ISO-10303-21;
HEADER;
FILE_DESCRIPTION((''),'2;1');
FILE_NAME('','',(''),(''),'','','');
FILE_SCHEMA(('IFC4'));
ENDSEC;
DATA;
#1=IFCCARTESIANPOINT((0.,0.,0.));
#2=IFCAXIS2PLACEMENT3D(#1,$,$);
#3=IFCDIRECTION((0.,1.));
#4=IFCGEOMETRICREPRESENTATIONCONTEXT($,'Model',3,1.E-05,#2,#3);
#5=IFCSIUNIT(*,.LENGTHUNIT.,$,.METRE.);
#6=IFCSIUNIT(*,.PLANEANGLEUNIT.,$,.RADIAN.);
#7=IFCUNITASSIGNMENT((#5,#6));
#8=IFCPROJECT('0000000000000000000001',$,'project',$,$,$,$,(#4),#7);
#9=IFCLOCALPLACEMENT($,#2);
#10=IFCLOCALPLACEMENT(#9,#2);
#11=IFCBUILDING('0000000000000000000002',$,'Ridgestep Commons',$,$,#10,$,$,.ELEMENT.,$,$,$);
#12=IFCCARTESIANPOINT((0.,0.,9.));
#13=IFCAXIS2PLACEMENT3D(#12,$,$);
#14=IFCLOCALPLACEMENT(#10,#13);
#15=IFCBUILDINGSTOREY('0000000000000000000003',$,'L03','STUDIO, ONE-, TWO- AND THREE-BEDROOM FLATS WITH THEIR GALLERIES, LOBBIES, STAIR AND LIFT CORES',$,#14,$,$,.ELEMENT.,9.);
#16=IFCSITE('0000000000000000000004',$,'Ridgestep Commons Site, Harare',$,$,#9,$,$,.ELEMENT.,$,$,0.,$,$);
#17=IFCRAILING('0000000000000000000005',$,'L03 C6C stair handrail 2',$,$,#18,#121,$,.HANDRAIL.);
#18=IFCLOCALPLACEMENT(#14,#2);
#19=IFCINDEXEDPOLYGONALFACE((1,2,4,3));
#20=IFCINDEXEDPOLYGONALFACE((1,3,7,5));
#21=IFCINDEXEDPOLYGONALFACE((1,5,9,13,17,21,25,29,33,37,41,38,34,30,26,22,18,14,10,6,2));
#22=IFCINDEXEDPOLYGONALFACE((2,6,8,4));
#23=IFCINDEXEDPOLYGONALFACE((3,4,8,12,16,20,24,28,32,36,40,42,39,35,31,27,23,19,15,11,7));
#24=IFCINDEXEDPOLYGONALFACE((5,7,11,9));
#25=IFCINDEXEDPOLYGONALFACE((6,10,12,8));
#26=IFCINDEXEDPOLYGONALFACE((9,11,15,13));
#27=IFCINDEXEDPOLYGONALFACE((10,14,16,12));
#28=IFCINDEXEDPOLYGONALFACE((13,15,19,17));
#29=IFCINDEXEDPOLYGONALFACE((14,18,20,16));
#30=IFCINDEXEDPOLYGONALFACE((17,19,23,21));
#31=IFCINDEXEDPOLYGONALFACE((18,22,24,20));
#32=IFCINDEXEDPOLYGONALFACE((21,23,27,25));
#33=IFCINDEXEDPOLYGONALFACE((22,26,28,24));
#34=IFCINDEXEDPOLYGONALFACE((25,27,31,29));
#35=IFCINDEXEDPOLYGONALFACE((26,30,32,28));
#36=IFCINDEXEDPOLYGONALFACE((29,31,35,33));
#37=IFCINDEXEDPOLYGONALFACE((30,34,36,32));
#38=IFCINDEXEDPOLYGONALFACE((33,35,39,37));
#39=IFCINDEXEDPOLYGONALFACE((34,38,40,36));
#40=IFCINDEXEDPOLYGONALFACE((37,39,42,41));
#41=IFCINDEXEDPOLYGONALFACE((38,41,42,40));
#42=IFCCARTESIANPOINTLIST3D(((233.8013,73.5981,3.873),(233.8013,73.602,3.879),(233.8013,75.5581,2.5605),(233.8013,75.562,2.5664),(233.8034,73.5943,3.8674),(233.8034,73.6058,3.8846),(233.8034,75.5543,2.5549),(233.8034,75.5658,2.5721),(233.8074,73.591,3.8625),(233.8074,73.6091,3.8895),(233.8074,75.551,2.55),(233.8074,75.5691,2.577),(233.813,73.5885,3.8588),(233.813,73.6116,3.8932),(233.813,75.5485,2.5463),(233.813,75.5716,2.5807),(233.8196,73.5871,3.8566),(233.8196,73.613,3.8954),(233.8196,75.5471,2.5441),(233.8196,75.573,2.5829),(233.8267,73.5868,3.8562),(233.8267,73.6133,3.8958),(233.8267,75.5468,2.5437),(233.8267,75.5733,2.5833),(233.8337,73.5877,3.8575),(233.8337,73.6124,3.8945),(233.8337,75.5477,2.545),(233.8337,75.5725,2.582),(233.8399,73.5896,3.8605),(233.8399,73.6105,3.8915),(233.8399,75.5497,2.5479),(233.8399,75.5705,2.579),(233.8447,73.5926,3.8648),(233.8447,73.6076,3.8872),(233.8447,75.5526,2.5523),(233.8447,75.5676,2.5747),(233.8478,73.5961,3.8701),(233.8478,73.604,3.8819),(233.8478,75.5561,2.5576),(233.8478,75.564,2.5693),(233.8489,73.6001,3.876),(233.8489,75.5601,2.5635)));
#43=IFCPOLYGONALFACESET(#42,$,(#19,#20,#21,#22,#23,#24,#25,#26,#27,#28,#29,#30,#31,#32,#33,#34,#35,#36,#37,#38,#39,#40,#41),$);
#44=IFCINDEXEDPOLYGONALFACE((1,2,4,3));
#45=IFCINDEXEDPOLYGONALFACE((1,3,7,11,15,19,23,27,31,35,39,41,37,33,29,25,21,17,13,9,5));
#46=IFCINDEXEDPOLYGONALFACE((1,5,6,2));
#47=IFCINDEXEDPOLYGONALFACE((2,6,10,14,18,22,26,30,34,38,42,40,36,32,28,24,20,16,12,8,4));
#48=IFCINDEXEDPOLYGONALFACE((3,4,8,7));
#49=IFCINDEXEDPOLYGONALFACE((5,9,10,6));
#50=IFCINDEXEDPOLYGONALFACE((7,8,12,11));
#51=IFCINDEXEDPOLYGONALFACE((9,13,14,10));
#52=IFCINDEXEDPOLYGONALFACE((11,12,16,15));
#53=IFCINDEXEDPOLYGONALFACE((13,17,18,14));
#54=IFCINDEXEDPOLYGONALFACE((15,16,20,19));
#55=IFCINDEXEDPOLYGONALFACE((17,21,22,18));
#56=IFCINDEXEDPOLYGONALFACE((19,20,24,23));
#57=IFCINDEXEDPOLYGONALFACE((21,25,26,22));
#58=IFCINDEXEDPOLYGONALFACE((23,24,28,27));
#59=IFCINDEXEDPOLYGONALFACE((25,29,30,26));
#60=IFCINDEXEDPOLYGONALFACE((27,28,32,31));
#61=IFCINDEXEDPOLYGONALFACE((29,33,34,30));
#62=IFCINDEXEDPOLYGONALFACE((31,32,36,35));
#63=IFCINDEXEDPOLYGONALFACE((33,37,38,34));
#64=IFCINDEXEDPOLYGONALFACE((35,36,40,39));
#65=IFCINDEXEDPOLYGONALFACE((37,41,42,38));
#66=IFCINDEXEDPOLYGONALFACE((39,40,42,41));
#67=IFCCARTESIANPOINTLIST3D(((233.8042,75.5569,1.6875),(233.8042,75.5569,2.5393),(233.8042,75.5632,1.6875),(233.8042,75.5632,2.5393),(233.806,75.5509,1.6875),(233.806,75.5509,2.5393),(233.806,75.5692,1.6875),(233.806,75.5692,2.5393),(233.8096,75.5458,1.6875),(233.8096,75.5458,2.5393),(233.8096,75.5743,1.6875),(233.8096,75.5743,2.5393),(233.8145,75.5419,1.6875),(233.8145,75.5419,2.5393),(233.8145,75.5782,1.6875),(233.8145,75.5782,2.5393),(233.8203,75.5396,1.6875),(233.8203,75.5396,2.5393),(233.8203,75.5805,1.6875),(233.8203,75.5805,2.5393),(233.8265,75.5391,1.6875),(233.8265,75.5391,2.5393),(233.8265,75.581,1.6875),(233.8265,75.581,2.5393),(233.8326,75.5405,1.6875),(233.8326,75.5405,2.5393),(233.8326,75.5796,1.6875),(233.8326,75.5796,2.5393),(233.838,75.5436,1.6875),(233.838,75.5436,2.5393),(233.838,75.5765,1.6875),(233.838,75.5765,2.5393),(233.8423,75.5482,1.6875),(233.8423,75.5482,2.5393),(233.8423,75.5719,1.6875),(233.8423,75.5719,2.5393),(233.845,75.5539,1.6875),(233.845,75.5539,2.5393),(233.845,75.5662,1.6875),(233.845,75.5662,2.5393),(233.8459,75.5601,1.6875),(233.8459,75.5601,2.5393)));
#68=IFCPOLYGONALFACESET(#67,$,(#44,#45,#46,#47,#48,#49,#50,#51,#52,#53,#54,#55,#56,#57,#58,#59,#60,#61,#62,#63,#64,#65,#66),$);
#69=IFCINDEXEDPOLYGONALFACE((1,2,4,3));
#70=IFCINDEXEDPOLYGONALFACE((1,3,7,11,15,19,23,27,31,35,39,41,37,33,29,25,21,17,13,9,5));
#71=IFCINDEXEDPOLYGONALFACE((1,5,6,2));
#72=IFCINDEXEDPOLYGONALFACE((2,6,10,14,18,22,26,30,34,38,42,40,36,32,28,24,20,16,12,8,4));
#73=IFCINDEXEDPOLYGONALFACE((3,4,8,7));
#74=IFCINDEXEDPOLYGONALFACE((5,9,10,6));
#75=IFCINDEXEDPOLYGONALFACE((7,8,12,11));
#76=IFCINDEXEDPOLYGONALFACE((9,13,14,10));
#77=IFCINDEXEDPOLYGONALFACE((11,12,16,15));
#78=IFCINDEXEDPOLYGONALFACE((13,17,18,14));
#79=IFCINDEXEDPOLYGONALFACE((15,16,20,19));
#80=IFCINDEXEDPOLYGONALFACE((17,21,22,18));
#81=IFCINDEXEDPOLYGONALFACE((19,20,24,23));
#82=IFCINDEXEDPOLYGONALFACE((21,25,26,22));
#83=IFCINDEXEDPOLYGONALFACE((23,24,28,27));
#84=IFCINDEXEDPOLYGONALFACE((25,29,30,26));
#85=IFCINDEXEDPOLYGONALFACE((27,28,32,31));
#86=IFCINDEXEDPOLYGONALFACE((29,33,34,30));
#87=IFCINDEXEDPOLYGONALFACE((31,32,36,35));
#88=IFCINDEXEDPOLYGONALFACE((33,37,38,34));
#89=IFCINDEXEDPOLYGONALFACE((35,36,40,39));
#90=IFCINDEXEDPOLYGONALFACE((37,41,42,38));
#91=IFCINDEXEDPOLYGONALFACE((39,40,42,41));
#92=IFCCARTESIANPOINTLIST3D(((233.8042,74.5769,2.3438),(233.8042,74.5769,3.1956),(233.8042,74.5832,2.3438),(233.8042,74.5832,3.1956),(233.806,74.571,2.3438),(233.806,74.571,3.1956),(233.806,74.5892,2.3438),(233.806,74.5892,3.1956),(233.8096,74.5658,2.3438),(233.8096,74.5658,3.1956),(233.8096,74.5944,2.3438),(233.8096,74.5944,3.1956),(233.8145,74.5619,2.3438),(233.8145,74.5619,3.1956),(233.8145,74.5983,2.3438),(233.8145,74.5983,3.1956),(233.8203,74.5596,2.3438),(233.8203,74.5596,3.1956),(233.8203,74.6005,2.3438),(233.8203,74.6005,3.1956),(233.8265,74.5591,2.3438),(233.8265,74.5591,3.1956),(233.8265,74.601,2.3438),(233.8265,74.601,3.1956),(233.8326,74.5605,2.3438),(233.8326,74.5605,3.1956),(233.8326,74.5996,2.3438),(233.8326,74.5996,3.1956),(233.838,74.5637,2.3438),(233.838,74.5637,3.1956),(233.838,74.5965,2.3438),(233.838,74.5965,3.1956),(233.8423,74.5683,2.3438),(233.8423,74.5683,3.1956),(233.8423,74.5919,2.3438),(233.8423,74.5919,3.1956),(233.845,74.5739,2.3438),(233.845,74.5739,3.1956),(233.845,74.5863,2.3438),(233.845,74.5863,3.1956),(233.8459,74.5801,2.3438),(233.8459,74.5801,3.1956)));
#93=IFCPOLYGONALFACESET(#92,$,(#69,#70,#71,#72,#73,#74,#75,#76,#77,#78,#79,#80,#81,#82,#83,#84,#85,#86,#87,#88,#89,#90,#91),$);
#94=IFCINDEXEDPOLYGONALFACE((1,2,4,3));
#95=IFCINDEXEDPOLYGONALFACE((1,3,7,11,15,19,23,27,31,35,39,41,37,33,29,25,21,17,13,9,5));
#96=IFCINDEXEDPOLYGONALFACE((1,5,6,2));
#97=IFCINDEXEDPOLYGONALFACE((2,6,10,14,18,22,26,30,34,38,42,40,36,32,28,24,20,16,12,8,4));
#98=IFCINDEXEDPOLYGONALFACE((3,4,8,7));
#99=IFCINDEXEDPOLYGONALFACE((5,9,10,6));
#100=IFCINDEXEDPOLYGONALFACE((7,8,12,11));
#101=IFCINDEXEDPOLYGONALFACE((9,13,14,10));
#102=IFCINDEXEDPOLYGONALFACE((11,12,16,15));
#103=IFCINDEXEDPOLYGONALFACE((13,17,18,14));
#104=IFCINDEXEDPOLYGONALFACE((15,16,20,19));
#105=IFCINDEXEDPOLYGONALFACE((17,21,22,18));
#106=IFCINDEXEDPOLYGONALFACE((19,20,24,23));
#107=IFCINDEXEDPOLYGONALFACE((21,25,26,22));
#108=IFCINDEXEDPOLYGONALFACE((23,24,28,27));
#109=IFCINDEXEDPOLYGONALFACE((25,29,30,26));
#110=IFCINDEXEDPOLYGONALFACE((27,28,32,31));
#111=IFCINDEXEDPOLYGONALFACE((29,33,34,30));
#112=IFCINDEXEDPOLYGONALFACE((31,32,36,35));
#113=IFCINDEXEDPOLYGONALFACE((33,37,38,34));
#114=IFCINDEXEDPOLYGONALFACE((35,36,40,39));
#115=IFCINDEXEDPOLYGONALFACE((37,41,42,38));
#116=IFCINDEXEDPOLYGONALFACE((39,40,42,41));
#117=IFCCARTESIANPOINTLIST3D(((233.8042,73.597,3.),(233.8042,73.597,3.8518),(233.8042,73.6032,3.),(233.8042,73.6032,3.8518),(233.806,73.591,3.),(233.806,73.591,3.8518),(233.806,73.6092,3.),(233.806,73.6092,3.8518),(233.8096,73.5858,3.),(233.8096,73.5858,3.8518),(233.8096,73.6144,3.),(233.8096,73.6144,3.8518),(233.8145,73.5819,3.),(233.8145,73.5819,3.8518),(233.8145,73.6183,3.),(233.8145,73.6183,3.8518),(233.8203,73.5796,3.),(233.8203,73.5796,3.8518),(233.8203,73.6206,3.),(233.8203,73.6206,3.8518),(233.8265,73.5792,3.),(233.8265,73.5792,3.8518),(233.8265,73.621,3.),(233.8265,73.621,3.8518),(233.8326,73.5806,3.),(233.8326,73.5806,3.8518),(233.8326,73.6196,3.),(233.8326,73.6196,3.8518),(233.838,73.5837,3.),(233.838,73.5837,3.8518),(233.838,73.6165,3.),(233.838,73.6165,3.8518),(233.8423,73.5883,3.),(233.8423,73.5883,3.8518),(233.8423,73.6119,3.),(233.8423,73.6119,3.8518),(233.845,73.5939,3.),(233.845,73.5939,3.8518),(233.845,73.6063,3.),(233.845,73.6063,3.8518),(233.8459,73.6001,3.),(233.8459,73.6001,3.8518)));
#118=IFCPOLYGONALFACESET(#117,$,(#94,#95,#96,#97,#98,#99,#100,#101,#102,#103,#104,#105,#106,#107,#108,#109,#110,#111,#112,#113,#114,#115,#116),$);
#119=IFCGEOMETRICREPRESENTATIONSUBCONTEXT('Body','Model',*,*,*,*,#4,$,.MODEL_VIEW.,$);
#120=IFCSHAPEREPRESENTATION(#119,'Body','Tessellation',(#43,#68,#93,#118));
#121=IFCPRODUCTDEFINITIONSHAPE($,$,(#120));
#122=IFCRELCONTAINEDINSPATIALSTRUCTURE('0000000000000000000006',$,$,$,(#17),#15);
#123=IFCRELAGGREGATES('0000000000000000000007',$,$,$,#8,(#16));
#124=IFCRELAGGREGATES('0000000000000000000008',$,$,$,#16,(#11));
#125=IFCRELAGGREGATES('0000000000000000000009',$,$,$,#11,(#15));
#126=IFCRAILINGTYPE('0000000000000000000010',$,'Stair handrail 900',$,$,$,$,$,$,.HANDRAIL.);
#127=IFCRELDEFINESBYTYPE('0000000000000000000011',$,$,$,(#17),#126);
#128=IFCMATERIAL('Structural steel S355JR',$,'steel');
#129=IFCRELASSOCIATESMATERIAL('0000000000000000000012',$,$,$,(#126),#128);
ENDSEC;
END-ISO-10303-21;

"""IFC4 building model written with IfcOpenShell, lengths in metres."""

from ifc_helpers import new_model, si_unit, direction, frame, origin, origin_2d, place, context, subcontext, project, spatial, circle, extrude, material, type_object, element, save


model = new_model("IFC4")

# Units and contexts
model_context = context("Model", 3, precision=1e-05, world=origin(), true_north=direction((0.0, 1.0)))
body_context = subcontext(model_context, "Body", "Model", "MODEL_VIEW")
ifc_project = project(units=[si_unit("LENGTHUNIT", "METRE"), si_unit("PLANEANGLEUNIT", "RADIAN")], contexts=[model_context])

# Site, building, storey
site_placement = place(None, origin())
site = spatial("IfcSite", under=ifc_project, at=site_placement, Name="Ridgestep Commons Site, Harare", CompositionType="ELEMENT", RefElevation=0.0)
building_placement = place(site_placement, origin())
building = spatial("IfcBuilding", under=site, at=building_placement, Name="Ridgestep Commons", CompositionType="ELEMENT")
storey_placement = place(building_placement, frame((0.0, 0.0, 9.0)))
storey = spatial("IfcBuildingStorey", under=building, at=storey_placement, Name="L03", Description="STUDIO, ONE-, TWO- AND THREE-BEDROOM FLATS WITH THEIR GALLERIES, LOBBIES, STAIR AND LIFT CORES", CompositionType="ELEMENT", Elevation=9.0)

# Railing
ifc_material_1 = material(Name="Structural steel S355JR", Category="steel")
railing_type_1 = type_object("IfcRailingType", Name="Stair handrail 900", PredefinedType="HANDRAIL", material=ifc_material_1)
railing_1_placement = place(storey_placement, frame((233.825, 75.5601, 1.6875)))
element("IfcRailing", 1, at=railing_1_placement, inside=storey, type_object=railing_type_1, Name="L03 C6C stair handrail 2", PredefinedType="HANDRAIL", context=body_context, shape_type="SweptSolid", body=[
    extrude(circle(Radius=0.0239, at=origin_2d()), frame((0.0, 0.0, 0.876), z_axis=(0.0, -0.830902, 0.556419), x_axis=(1.0, 0.0, 0.0)), (0.0, 0.0, 1.0), 2.3589),
    extrude(circle(Radius=0.021, at=origin_2d()), origin(), (0.0, 0.0, 1.0), 0.8518),
    extrude(circle(Radius=0.021, at=origin_2d()), frame((0.0, -0.98, 0.6562)), (0.0, 0.0, 1.0), 0.8518),
    extrude(circle(Radius=0.021, at=origin_2d()), frame((0.0, -1.96, 1.3125)), (0.0, 0.0, 1.0), 0.8518),
])

save(model, "model.ifc")
